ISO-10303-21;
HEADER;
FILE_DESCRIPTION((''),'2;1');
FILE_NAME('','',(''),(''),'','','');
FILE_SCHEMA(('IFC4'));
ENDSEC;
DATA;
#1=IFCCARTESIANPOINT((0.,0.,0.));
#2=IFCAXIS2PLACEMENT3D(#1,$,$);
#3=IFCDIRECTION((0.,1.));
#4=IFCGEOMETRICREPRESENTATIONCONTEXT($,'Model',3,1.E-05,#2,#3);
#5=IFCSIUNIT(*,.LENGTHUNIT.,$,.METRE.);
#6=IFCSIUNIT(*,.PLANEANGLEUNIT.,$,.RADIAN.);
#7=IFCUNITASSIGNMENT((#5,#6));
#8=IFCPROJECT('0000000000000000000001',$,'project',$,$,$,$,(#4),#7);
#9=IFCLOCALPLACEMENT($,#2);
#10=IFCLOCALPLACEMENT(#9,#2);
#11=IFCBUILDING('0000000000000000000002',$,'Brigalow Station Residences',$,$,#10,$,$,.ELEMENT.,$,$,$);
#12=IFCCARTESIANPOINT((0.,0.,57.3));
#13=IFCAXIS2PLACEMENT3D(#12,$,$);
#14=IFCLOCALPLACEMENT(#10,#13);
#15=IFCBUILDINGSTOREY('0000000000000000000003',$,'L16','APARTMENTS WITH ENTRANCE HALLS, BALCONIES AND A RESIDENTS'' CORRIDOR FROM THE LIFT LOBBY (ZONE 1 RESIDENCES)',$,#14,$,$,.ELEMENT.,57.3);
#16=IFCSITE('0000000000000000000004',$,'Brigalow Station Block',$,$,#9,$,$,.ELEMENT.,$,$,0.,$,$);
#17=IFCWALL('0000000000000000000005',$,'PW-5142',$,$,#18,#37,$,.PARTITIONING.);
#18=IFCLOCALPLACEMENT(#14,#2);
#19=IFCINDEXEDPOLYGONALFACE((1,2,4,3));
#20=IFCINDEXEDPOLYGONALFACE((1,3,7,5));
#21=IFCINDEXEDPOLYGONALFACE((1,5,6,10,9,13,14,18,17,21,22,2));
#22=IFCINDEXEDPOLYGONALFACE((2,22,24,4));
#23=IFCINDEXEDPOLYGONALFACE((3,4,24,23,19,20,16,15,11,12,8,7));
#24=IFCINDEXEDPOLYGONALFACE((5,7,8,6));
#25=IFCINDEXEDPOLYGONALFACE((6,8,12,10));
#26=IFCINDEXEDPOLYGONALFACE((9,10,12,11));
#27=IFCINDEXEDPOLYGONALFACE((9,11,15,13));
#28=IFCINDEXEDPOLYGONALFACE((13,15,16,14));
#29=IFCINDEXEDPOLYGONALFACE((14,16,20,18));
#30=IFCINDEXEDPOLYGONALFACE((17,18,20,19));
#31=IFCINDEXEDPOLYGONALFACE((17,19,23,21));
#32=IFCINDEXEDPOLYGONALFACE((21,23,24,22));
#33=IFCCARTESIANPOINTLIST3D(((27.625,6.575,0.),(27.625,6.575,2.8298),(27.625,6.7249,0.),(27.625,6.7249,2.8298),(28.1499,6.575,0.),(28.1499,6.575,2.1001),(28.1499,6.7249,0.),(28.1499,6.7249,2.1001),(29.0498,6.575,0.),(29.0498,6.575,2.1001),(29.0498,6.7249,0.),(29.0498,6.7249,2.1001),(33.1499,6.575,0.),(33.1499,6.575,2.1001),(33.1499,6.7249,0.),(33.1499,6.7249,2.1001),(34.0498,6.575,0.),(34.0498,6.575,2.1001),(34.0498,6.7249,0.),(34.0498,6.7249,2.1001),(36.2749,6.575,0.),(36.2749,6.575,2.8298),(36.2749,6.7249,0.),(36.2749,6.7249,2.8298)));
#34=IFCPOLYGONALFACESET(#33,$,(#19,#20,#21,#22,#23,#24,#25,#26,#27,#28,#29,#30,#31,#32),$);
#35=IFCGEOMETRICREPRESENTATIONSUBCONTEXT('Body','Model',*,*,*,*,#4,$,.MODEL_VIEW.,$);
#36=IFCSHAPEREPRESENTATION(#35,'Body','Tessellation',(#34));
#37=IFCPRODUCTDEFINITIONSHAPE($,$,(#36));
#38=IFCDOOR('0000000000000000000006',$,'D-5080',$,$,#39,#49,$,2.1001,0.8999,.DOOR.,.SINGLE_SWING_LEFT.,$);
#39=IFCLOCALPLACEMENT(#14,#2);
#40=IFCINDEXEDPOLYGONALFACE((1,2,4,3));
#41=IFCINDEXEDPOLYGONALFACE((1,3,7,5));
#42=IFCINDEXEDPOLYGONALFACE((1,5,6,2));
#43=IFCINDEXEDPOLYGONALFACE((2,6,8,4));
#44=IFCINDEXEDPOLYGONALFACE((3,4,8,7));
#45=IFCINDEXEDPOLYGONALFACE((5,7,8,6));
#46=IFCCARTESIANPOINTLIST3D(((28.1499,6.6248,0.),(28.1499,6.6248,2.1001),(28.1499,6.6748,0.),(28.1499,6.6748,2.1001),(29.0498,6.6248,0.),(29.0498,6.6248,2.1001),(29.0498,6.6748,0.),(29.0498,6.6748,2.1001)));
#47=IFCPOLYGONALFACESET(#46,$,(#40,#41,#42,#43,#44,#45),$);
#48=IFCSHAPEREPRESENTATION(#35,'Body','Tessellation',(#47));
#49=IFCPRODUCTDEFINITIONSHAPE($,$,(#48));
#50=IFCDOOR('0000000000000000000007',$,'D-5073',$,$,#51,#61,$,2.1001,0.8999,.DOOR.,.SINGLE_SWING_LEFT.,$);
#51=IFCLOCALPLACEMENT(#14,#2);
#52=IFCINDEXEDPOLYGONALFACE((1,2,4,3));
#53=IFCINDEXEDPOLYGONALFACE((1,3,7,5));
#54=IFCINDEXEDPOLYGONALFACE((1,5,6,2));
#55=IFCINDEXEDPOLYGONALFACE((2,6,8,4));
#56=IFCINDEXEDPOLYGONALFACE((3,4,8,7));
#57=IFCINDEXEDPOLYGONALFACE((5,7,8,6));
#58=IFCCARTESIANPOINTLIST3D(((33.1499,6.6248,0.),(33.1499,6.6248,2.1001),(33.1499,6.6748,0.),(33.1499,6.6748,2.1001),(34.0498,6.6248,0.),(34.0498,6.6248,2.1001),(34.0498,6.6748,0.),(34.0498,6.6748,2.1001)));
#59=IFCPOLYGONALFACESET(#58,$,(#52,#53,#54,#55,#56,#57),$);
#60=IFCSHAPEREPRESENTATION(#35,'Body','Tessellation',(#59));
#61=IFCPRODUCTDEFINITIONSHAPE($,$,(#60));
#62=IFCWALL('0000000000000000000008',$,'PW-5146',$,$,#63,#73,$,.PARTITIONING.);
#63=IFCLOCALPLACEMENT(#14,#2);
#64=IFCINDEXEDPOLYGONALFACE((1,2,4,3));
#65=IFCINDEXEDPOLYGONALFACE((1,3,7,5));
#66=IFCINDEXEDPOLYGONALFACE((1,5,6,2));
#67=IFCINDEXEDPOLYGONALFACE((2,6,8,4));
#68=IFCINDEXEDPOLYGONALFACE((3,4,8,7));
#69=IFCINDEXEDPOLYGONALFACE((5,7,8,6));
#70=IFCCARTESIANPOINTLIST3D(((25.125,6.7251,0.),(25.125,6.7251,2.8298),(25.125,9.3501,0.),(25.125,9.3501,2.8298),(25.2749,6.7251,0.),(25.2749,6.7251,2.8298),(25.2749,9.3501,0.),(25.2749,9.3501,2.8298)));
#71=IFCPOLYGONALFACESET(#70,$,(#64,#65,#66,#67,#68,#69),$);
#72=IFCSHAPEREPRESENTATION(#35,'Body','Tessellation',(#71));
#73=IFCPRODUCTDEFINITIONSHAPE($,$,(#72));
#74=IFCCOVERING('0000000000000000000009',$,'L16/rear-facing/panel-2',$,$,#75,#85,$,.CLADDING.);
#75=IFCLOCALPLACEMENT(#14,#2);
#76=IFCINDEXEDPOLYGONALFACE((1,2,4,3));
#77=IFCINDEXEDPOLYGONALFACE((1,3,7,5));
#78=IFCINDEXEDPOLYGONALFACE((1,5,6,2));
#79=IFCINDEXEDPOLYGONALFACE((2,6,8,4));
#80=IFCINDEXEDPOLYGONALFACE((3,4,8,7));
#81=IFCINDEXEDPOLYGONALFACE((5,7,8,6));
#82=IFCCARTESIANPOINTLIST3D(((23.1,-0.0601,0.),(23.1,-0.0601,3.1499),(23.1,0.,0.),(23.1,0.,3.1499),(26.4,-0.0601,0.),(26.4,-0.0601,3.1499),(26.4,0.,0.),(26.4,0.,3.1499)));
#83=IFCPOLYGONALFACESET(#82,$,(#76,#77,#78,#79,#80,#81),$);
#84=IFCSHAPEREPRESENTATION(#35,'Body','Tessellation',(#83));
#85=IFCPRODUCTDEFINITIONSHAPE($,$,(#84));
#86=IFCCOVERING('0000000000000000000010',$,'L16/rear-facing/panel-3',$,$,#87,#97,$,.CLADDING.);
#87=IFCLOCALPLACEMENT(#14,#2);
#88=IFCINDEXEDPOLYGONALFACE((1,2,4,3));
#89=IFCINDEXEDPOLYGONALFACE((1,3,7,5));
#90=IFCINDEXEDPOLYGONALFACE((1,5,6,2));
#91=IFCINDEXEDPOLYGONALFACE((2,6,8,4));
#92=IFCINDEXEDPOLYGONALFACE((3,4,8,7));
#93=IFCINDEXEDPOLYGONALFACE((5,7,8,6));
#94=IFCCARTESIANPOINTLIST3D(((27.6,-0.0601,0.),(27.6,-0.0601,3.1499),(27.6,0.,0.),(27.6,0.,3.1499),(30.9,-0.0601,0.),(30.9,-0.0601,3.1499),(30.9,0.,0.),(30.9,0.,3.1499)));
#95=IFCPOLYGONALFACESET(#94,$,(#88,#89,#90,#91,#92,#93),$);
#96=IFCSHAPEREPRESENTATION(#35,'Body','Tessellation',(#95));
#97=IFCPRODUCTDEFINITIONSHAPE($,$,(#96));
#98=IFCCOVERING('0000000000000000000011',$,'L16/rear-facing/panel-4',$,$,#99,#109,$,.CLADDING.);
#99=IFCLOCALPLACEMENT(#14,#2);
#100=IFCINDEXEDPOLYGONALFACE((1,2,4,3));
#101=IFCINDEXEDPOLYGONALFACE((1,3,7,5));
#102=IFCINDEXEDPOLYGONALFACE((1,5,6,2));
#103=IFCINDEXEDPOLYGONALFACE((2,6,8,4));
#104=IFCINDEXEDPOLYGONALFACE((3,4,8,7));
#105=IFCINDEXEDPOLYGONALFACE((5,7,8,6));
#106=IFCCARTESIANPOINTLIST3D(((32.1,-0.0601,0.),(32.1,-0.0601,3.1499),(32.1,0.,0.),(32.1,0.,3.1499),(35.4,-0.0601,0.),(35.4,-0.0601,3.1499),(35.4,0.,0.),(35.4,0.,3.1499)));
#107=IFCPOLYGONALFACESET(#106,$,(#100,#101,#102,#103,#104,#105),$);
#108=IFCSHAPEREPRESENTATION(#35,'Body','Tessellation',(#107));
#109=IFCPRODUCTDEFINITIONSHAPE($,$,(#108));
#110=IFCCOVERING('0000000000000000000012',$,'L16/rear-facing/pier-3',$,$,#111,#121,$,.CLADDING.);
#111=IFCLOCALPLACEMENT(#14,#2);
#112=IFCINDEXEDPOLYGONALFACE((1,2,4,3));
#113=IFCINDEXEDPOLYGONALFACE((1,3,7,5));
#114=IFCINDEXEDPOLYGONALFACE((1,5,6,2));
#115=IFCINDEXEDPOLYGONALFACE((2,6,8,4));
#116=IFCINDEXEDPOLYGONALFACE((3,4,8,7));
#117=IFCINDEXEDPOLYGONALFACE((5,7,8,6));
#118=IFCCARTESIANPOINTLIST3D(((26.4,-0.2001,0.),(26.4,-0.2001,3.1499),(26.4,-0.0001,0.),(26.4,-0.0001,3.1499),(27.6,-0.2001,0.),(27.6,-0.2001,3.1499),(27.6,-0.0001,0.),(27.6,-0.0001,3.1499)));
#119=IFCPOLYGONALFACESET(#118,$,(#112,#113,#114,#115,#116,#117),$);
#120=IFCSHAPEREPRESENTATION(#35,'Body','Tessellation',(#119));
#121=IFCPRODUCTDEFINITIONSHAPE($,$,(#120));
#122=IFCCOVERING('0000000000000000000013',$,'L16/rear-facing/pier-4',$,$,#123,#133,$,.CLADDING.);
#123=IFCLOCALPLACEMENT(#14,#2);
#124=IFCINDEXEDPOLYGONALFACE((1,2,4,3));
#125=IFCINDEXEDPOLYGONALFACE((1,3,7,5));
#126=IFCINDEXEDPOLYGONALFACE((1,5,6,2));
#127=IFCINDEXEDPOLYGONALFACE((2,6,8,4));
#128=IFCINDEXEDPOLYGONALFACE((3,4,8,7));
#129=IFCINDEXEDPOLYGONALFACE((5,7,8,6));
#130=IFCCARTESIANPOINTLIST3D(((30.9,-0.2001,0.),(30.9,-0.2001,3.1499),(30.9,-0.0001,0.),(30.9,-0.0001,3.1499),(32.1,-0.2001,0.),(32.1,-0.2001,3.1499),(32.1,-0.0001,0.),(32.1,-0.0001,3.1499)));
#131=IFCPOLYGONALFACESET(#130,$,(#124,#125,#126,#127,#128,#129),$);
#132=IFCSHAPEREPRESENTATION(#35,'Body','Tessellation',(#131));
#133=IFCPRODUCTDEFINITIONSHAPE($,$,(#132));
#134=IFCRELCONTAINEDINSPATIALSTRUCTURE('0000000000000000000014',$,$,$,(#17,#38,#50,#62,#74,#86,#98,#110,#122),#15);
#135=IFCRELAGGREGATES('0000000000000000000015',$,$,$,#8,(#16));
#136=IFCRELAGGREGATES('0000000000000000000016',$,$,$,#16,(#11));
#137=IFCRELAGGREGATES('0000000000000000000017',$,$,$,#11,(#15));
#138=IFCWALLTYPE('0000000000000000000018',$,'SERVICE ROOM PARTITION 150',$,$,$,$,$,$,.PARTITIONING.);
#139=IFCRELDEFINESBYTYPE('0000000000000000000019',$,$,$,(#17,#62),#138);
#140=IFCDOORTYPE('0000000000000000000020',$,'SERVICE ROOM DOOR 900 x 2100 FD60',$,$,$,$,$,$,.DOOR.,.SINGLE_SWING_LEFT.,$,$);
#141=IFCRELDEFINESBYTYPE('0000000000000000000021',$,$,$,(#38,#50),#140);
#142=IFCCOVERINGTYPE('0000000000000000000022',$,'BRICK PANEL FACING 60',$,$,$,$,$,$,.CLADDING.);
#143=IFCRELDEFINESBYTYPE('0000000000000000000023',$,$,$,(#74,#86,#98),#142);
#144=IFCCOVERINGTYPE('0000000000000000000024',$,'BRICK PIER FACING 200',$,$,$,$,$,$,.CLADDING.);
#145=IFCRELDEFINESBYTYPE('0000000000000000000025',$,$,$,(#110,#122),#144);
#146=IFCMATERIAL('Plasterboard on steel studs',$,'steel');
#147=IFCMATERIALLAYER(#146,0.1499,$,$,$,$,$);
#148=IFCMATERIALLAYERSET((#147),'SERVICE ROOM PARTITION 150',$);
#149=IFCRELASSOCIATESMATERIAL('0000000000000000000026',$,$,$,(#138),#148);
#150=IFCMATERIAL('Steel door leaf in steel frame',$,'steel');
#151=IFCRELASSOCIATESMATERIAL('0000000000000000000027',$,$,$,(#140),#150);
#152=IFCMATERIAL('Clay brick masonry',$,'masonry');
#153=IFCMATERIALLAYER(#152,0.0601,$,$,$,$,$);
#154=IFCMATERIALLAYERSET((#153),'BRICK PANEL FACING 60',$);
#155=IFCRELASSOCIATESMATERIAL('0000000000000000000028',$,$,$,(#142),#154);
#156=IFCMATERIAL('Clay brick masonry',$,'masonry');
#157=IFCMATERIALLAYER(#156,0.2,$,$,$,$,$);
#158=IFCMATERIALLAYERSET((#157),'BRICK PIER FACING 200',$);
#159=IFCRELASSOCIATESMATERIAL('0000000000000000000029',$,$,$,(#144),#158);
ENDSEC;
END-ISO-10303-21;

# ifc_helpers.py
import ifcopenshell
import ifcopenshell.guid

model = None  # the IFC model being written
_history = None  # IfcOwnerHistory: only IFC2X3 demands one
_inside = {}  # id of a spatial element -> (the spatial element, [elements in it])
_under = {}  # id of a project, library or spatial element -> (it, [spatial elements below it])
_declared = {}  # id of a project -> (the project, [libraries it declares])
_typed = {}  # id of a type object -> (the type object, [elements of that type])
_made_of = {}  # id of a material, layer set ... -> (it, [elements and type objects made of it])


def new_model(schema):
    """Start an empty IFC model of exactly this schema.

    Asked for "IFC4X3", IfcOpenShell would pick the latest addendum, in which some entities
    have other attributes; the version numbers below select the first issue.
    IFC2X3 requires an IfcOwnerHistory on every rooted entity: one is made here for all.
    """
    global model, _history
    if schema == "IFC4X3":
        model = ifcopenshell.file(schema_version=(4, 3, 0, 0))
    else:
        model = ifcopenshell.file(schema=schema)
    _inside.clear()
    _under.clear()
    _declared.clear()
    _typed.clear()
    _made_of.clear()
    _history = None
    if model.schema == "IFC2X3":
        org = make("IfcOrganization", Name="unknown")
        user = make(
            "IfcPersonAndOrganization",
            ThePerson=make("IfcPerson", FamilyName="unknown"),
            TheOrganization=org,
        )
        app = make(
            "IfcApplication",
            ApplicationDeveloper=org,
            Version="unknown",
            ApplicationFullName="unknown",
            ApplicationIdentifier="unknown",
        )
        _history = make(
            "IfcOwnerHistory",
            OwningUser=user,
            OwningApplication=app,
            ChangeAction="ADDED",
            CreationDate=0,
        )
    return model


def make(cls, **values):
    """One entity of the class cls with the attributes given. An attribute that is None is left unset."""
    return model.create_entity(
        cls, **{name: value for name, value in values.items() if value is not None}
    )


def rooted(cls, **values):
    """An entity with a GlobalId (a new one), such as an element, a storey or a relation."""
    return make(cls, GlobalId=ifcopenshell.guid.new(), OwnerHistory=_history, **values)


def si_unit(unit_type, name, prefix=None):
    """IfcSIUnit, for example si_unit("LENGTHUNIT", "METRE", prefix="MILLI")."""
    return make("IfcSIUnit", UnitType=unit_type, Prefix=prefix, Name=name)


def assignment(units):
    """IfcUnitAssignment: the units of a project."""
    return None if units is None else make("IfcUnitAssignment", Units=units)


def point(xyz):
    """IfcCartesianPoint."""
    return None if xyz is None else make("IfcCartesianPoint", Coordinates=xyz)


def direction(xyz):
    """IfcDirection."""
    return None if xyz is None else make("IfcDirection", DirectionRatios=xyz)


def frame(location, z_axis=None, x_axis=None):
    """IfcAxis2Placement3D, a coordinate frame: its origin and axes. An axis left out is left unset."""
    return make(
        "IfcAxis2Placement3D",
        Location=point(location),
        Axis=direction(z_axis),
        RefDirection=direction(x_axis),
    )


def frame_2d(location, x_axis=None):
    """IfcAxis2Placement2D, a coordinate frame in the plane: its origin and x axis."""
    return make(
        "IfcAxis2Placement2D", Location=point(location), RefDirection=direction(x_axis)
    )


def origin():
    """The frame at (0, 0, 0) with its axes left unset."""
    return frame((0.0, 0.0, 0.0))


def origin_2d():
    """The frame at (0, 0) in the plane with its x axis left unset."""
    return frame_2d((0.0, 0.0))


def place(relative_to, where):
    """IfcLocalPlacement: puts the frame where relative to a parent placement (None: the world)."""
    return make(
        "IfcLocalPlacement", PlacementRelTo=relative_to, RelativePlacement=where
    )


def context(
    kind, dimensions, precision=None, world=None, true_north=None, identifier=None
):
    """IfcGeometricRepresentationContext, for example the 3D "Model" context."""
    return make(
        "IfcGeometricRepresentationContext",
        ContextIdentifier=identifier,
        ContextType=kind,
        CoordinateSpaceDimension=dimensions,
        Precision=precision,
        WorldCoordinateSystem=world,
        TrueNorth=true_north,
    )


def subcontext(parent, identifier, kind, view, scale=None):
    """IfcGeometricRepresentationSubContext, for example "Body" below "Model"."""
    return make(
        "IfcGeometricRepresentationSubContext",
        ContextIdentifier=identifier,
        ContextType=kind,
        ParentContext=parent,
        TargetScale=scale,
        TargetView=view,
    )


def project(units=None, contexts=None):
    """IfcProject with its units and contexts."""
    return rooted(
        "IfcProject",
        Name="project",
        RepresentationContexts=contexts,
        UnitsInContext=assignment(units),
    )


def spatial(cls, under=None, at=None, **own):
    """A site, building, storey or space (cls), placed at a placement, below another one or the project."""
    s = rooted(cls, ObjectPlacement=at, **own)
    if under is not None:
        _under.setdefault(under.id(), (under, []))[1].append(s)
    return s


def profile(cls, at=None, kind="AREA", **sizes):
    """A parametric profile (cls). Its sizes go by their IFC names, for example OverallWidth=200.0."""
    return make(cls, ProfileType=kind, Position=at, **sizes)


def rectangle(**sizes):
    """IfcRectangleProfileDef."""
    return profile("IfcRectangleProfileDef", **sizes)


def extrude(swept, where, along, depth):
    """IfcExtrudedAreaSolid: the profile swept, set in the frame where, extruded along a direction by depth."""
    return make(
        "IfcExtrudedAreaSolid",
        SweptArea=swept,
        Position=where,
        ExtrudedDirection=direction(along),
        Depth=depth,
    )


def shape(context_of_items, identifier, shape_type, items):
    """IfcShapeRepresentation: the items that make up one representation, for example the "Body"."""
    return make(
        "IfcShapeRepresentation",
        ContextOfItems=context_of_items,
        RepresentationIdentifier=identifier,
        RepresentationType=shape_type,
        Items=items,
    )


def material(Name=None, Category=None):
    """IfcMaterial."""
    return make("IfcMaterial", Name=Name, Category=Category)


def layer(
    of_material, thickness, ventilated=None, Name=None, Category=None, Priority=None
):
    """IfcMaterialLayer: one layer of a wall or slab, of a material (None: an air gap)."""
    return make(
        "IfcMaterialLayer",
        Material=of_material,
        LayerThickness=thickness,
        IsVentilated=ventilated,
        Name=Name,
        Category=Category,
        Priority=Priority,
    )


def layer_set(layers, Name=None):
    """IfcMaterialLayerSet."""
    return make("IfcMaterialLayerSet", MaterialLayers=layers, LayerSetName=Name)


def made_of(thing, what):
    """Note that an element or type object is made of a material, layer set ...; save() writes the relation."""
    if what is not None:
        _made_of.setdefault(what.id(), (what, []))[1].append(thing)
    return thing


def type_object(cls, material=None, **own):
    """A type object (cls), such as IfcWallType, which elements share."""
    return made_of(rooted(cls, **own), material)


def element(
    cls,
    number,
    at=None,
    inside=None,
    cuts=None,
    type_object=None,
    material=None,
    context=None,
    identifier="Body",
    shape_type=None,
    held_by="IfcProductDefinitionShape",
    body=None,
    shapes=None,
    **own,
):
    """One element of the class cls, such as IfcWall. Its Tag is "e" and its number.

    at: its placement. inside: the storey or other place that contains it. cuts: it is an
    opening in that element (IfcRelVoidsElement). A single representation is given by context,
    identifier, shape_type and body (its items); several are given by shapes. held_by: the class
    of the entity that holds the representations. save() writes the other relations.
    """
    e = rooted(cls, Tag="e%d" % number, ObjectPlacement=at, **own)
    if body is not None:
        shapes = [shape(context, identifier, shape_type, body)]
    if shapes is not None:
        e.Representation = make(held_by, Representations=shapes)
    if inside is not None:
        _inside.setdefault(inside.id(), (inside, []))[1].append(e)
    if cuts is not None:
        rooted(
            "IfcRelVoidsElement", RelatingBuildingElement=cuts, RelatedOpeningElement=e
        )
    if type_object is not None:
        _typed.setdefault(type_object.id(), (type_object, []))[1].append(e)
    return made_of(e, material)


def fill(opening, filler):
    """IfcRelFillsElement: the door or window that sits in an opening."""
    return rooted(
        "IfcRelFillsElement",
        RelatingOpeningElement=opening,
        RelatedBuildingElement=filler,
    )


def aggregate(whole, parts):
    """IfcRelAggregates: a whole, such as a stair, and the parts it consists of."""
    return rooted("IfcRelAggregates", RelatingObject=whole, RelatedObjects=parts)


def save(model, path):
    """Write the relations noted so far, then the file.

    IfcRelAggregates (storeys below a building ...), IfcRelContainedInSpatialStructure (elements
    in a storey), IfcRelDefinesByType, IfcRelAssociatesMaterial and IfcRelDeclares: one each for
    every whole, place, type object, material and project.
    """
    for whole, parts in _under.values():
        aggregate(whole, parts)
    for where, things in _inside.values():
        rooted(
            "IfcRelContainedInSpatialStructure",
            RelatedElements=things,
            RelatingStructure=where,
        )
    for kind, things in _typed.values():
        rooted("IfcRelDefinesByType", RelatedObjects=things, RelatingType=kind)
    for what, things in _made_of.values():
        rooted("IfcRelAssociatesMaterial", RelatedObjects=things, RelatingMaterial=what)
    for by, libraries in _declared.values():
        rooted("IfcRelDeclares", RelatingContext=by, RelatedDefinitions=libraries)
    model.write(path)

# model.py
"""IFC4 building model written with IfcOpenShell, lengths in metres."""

from ifc_helpers import new_model, si_unit, direction, frame, frame_2d, origin, origin_2d, place, context, subcontext, project, spatial, rectangle, extrude, material, layer, layer_set, type_object, element, fill, save


model = new_model("IFC4")

# Units and contexts
model_context = context("Model", 3, precision=1e-05, world=origin(), true_north=direction((0.0, 1.0)))
body_context = subcontext(model_context, "Body", "Model", "MODEL_VIEW")
ifc_project = project(units=[si_unit("LENGTHUNIT", "METRE"), si_unit("PLANEANGLEUNIT", "RADIAN")], contexts=[model_context])

# Site, building, storey
site_placement = place(None, origin())
site = spatial("IfcSite", under=ifc_project, at=site_placement, Name="Brigalow Station Block", CompositionType="ELEMENT", RefElevation=0.0)
building_placement = place(site_placement, origin())
building = spatial("IfcBuilding", under=site, at=building_placement, Name="Brigalow Station Residences", CompositionType="ELEMENT")
storey_placement = place(building_placement, frame((0.0, 0.0, 57.3)))
storey = spatial("IfcBuildingStorey", under=building, at=storey_placement, Name="L16", Description="APARTMENTS WITH ENTRANCE HALLS, BALCONIES AND A RESIDENTS' CORRIDOR FROM THE LIFT LOBBY (ZONE 1 RESIDENCES)", CompositionType="ELEMENT", Elevation=57.3)

# Wall, openings, doors
ifc_material_1 = material(Name="Plasterboard on steel studs", Category="steel")
ifc_layer_1 = layer(ifc_material_1, 0.1499)
ifc_layer_set_1 = layer_set([ifc_layer_1], Name="SERVICE ROOM PARTITION 150")
wall_type_1 = type_object("IfcWallType", Name="SERVICE ROOM PARTITION 150", PredefinedType="PARTITIONING", material=ifc_layer_set_1)
wall_1_placement = place(storey_placement, frame((27.625, 6.6499, 0.0), z_axis=(0.0, 0.0, 1.0), x_axis=(1.0, 0.0, 0.0)))
wall_1 = element("IfcWall", 1, at=wall_1_placement, inside=storey, type_object=wall_type_1, Name="PW-5142", PredefinedType="PARTITIONING", context=body_context, shape_type="SweptSolid", body=[
    extrude(rectangle(XDim=8.6499, YDim=0.1499, at=frame_2d((4.325, 0.0))), origin(), (0.0, 0.0, 1.0), 2.8298),
])
opening_1_placement = place(wall_1_placement, frame((0.5249, 0.0, 0.0)))
opening_1 = element("IfcOpeningElement", 2, at=opening_1_placement, cuts=wall_1, PredefinedType="OPENING", context=body_context, shape_type="SweptSolid", body=[
    extrude(rectangle(XDim=0.8999, YDim=2.1001, at=frame_2d((0.45, 1.05))), frame((0.0, 0.085, 0.0), z_axis=(0.0, -1.0, 0.0), x_axis=(1.0, 0.0, 0.0)), (0.0, 0.0, 1.0), 0.1699),
])
opening_2_placement = place(wall_1_placement, frame((5.5249, 0.0, 0.0)))
opening_2 = element("IfcOpeningElement", 3, at=opening_2_placement, cuts=wall_1, PredefinedType="OPENING", context=body_context, shape_type="SweptSolid", body=[
    extrude(rectangle(XDim=0.8999, YDim=2.1001, at=frame_2d((0.45, 1.05))), frame((0.0, 0.085, 0.0), z_axis=(0.0, -1.0, 0.0), x_axis=(1.0, 0.0, 0.0)), (0.0, 0.0, 1.0), 0.1699),
])
ifc_material_2 = material(Name="Steel door leaf in steel frame", Category="steel")
door_type_1 = type_object("IfcDoorType", Name="SERVICE ROOM DOOR 900 x 2100 FD60", OperationType="SINGLE_SWING_LEFT", PredefinedType="DOOR", material=ifc_material_2)
door_1_placement = place(opening_1_placement, origin())
door_1 = element("IfcDoor", 4, at=door_1_placement, inside=storey, type_object=door_type_1, Name="D-5080", OperationType="SINGLE_SWING_LEFT", OverallHeight=2.1001, OverallWidth=0.8999, PredefinedType="DOOR", context=body_context, shape_type="SweptSolid", body=[
    extrude(rectangle(XDim=0.8999, YDim=2.1001, at=frame_2d((0.45, 1.05))), frame((0.0, 0.0249, 0.0), z_axis=(0.0, -1.0, 0.0), x_axis=(1.0, 0.0, 0.0)), (0.0, 0.0, 1.0), 0.05),
])
fill(opening_1, door_1)
door_2_placement = place(opening_2_placement, origin())
door_2 = element("IfcDoor", 5, at=door_2_placement, inside=storey, type_object=door_type_1, Name="D-5073", OperationType="SINGLE_SWING_LEFT", OverallHeight=2.1001, OverallWidth=0.8999, PredefinedType="DOOR", context=body_context, shape_type="SweptSolid", body=[
    extrude(rectangle(XDim=0.8999, YDim=2.1001, at=frame_2d((0.45, 1.05))), frame((0.0, 0.0249, 0.0), z_axis=(0.0, -1.0, 0.0), x_axis=(1.0, 0.0, 0.0)), (0.0, 0.0, 1.0), 0.05),
])
fill(opening_2, door_2)

# Wall
wall_2_placement = place(storey_placement, frame((25.2, 6.7251, 0.0), z_axis=(0.0, 0.0, 1.0), x_axis=(0.0, 1.0, 0.0)))
element("IfcWall", 6, at=wall_2_placement, inside=storey, type_object=wall_type_1, Name="PW-5146", PredefinedType="PARTITIONING", context=body_context, shape_type="SweptSolid", body=[
    extrude(rectangle(XDim=2.625, YDim=0.1499, at=frame_2d((1.3125, 0.0))), origin(), (0.0, 0.0, 1.0), 2.8298),
])

# Coverings
ifc_material_3 = material(Name="Clay brick masonry", Category="masonry")
ifc_layer_2 = layer(ifc_material_3, 0.0601)
ifc_layer_set_2 = layer_set([ifc_layer_2], Name="BRICK PANEL FACING 60")
covering_type_1 = type_object("IfcCoveringType", Name="BRICK PANEL FACING 60", PredefinedType="CLADDING", material=ifc_layer_set_2)
for number, where, z_axis, x_axis, name in (
    (7, (24.75, -0.03, 0.0), (0.0, 0.0, 1.0), (1.0, 0.0, 0.0), "L16/rear-facing/panel-2"),
    (8, (29.25, -0.03, 0.0), (0.0, 0.0, 1.0), (1.0, 0.0, 0.0), "L16/rear-facing/panel-3"),
    (9, (33.75, -0.03, 0.0), (0.0, 0.0, 1.0), (1.0, 0.0, 0.0), "L16/rear-facing/panel-4"),
):
    element("IfcCovering", number, at=place(storey_placement, frame(where, z_axis=z_axis, x_axis=x_axis)), inside=storey, type_object=covering_type_1, Name=name, PredefinedType="CLADDING", context=body_context, shape_type="SweptSolid", body=[
        extrude(rectangle(XDim=3.3, YDim=0.0601, at=origin_2d()), origin(), (0.0, 0.0, 1.0), 3.1499),
    ])
ifc_material_4 = material(Name="Clay brick masonry", Category="masonry")
ifc_layer_3 = layer(ifc_material_4, 0.2)
ifc_layer_set_3 = layer_set([ifc_layer_3], Name="BRICK PIER FACING 200")
covering_type_2 = type_object("IfcCoveringType", Name="BRICK PIER FACING 200", PredefinedType="CLADDING", material=ifc_layer_set_3)
for number, where, z_axis, x_axis, name in (
    (10, (27.0, -0.1001, 0.0), (0.0, 0.0, 1.0), (1.0, 0.0, 0.0), "L16/rear-facing/pier-3"),
    (11, (31.5, -0.1001, 0.0), (0.0, 0.0, 1.0), (1.0, 0.0, 0.0), "L16/rear-facing/pier-4"),
):
    element("IfcCovering", number, at=place(storey_placement, frame(where, z_axis=z_axis, x_axis=x_axis)), inside=storey, type_object=covering_type_2, Name=name, PredefinedType="CLADDING", context=body_context, shape_type="SweptSolid", body=[
        extrude(rectangle(XDim=1.2, YDim=0.2, at=origin_2d()), origin(), (0.0, 0.0, 1.0), 3.1499),
    ])

save(model, "model.ifc")
